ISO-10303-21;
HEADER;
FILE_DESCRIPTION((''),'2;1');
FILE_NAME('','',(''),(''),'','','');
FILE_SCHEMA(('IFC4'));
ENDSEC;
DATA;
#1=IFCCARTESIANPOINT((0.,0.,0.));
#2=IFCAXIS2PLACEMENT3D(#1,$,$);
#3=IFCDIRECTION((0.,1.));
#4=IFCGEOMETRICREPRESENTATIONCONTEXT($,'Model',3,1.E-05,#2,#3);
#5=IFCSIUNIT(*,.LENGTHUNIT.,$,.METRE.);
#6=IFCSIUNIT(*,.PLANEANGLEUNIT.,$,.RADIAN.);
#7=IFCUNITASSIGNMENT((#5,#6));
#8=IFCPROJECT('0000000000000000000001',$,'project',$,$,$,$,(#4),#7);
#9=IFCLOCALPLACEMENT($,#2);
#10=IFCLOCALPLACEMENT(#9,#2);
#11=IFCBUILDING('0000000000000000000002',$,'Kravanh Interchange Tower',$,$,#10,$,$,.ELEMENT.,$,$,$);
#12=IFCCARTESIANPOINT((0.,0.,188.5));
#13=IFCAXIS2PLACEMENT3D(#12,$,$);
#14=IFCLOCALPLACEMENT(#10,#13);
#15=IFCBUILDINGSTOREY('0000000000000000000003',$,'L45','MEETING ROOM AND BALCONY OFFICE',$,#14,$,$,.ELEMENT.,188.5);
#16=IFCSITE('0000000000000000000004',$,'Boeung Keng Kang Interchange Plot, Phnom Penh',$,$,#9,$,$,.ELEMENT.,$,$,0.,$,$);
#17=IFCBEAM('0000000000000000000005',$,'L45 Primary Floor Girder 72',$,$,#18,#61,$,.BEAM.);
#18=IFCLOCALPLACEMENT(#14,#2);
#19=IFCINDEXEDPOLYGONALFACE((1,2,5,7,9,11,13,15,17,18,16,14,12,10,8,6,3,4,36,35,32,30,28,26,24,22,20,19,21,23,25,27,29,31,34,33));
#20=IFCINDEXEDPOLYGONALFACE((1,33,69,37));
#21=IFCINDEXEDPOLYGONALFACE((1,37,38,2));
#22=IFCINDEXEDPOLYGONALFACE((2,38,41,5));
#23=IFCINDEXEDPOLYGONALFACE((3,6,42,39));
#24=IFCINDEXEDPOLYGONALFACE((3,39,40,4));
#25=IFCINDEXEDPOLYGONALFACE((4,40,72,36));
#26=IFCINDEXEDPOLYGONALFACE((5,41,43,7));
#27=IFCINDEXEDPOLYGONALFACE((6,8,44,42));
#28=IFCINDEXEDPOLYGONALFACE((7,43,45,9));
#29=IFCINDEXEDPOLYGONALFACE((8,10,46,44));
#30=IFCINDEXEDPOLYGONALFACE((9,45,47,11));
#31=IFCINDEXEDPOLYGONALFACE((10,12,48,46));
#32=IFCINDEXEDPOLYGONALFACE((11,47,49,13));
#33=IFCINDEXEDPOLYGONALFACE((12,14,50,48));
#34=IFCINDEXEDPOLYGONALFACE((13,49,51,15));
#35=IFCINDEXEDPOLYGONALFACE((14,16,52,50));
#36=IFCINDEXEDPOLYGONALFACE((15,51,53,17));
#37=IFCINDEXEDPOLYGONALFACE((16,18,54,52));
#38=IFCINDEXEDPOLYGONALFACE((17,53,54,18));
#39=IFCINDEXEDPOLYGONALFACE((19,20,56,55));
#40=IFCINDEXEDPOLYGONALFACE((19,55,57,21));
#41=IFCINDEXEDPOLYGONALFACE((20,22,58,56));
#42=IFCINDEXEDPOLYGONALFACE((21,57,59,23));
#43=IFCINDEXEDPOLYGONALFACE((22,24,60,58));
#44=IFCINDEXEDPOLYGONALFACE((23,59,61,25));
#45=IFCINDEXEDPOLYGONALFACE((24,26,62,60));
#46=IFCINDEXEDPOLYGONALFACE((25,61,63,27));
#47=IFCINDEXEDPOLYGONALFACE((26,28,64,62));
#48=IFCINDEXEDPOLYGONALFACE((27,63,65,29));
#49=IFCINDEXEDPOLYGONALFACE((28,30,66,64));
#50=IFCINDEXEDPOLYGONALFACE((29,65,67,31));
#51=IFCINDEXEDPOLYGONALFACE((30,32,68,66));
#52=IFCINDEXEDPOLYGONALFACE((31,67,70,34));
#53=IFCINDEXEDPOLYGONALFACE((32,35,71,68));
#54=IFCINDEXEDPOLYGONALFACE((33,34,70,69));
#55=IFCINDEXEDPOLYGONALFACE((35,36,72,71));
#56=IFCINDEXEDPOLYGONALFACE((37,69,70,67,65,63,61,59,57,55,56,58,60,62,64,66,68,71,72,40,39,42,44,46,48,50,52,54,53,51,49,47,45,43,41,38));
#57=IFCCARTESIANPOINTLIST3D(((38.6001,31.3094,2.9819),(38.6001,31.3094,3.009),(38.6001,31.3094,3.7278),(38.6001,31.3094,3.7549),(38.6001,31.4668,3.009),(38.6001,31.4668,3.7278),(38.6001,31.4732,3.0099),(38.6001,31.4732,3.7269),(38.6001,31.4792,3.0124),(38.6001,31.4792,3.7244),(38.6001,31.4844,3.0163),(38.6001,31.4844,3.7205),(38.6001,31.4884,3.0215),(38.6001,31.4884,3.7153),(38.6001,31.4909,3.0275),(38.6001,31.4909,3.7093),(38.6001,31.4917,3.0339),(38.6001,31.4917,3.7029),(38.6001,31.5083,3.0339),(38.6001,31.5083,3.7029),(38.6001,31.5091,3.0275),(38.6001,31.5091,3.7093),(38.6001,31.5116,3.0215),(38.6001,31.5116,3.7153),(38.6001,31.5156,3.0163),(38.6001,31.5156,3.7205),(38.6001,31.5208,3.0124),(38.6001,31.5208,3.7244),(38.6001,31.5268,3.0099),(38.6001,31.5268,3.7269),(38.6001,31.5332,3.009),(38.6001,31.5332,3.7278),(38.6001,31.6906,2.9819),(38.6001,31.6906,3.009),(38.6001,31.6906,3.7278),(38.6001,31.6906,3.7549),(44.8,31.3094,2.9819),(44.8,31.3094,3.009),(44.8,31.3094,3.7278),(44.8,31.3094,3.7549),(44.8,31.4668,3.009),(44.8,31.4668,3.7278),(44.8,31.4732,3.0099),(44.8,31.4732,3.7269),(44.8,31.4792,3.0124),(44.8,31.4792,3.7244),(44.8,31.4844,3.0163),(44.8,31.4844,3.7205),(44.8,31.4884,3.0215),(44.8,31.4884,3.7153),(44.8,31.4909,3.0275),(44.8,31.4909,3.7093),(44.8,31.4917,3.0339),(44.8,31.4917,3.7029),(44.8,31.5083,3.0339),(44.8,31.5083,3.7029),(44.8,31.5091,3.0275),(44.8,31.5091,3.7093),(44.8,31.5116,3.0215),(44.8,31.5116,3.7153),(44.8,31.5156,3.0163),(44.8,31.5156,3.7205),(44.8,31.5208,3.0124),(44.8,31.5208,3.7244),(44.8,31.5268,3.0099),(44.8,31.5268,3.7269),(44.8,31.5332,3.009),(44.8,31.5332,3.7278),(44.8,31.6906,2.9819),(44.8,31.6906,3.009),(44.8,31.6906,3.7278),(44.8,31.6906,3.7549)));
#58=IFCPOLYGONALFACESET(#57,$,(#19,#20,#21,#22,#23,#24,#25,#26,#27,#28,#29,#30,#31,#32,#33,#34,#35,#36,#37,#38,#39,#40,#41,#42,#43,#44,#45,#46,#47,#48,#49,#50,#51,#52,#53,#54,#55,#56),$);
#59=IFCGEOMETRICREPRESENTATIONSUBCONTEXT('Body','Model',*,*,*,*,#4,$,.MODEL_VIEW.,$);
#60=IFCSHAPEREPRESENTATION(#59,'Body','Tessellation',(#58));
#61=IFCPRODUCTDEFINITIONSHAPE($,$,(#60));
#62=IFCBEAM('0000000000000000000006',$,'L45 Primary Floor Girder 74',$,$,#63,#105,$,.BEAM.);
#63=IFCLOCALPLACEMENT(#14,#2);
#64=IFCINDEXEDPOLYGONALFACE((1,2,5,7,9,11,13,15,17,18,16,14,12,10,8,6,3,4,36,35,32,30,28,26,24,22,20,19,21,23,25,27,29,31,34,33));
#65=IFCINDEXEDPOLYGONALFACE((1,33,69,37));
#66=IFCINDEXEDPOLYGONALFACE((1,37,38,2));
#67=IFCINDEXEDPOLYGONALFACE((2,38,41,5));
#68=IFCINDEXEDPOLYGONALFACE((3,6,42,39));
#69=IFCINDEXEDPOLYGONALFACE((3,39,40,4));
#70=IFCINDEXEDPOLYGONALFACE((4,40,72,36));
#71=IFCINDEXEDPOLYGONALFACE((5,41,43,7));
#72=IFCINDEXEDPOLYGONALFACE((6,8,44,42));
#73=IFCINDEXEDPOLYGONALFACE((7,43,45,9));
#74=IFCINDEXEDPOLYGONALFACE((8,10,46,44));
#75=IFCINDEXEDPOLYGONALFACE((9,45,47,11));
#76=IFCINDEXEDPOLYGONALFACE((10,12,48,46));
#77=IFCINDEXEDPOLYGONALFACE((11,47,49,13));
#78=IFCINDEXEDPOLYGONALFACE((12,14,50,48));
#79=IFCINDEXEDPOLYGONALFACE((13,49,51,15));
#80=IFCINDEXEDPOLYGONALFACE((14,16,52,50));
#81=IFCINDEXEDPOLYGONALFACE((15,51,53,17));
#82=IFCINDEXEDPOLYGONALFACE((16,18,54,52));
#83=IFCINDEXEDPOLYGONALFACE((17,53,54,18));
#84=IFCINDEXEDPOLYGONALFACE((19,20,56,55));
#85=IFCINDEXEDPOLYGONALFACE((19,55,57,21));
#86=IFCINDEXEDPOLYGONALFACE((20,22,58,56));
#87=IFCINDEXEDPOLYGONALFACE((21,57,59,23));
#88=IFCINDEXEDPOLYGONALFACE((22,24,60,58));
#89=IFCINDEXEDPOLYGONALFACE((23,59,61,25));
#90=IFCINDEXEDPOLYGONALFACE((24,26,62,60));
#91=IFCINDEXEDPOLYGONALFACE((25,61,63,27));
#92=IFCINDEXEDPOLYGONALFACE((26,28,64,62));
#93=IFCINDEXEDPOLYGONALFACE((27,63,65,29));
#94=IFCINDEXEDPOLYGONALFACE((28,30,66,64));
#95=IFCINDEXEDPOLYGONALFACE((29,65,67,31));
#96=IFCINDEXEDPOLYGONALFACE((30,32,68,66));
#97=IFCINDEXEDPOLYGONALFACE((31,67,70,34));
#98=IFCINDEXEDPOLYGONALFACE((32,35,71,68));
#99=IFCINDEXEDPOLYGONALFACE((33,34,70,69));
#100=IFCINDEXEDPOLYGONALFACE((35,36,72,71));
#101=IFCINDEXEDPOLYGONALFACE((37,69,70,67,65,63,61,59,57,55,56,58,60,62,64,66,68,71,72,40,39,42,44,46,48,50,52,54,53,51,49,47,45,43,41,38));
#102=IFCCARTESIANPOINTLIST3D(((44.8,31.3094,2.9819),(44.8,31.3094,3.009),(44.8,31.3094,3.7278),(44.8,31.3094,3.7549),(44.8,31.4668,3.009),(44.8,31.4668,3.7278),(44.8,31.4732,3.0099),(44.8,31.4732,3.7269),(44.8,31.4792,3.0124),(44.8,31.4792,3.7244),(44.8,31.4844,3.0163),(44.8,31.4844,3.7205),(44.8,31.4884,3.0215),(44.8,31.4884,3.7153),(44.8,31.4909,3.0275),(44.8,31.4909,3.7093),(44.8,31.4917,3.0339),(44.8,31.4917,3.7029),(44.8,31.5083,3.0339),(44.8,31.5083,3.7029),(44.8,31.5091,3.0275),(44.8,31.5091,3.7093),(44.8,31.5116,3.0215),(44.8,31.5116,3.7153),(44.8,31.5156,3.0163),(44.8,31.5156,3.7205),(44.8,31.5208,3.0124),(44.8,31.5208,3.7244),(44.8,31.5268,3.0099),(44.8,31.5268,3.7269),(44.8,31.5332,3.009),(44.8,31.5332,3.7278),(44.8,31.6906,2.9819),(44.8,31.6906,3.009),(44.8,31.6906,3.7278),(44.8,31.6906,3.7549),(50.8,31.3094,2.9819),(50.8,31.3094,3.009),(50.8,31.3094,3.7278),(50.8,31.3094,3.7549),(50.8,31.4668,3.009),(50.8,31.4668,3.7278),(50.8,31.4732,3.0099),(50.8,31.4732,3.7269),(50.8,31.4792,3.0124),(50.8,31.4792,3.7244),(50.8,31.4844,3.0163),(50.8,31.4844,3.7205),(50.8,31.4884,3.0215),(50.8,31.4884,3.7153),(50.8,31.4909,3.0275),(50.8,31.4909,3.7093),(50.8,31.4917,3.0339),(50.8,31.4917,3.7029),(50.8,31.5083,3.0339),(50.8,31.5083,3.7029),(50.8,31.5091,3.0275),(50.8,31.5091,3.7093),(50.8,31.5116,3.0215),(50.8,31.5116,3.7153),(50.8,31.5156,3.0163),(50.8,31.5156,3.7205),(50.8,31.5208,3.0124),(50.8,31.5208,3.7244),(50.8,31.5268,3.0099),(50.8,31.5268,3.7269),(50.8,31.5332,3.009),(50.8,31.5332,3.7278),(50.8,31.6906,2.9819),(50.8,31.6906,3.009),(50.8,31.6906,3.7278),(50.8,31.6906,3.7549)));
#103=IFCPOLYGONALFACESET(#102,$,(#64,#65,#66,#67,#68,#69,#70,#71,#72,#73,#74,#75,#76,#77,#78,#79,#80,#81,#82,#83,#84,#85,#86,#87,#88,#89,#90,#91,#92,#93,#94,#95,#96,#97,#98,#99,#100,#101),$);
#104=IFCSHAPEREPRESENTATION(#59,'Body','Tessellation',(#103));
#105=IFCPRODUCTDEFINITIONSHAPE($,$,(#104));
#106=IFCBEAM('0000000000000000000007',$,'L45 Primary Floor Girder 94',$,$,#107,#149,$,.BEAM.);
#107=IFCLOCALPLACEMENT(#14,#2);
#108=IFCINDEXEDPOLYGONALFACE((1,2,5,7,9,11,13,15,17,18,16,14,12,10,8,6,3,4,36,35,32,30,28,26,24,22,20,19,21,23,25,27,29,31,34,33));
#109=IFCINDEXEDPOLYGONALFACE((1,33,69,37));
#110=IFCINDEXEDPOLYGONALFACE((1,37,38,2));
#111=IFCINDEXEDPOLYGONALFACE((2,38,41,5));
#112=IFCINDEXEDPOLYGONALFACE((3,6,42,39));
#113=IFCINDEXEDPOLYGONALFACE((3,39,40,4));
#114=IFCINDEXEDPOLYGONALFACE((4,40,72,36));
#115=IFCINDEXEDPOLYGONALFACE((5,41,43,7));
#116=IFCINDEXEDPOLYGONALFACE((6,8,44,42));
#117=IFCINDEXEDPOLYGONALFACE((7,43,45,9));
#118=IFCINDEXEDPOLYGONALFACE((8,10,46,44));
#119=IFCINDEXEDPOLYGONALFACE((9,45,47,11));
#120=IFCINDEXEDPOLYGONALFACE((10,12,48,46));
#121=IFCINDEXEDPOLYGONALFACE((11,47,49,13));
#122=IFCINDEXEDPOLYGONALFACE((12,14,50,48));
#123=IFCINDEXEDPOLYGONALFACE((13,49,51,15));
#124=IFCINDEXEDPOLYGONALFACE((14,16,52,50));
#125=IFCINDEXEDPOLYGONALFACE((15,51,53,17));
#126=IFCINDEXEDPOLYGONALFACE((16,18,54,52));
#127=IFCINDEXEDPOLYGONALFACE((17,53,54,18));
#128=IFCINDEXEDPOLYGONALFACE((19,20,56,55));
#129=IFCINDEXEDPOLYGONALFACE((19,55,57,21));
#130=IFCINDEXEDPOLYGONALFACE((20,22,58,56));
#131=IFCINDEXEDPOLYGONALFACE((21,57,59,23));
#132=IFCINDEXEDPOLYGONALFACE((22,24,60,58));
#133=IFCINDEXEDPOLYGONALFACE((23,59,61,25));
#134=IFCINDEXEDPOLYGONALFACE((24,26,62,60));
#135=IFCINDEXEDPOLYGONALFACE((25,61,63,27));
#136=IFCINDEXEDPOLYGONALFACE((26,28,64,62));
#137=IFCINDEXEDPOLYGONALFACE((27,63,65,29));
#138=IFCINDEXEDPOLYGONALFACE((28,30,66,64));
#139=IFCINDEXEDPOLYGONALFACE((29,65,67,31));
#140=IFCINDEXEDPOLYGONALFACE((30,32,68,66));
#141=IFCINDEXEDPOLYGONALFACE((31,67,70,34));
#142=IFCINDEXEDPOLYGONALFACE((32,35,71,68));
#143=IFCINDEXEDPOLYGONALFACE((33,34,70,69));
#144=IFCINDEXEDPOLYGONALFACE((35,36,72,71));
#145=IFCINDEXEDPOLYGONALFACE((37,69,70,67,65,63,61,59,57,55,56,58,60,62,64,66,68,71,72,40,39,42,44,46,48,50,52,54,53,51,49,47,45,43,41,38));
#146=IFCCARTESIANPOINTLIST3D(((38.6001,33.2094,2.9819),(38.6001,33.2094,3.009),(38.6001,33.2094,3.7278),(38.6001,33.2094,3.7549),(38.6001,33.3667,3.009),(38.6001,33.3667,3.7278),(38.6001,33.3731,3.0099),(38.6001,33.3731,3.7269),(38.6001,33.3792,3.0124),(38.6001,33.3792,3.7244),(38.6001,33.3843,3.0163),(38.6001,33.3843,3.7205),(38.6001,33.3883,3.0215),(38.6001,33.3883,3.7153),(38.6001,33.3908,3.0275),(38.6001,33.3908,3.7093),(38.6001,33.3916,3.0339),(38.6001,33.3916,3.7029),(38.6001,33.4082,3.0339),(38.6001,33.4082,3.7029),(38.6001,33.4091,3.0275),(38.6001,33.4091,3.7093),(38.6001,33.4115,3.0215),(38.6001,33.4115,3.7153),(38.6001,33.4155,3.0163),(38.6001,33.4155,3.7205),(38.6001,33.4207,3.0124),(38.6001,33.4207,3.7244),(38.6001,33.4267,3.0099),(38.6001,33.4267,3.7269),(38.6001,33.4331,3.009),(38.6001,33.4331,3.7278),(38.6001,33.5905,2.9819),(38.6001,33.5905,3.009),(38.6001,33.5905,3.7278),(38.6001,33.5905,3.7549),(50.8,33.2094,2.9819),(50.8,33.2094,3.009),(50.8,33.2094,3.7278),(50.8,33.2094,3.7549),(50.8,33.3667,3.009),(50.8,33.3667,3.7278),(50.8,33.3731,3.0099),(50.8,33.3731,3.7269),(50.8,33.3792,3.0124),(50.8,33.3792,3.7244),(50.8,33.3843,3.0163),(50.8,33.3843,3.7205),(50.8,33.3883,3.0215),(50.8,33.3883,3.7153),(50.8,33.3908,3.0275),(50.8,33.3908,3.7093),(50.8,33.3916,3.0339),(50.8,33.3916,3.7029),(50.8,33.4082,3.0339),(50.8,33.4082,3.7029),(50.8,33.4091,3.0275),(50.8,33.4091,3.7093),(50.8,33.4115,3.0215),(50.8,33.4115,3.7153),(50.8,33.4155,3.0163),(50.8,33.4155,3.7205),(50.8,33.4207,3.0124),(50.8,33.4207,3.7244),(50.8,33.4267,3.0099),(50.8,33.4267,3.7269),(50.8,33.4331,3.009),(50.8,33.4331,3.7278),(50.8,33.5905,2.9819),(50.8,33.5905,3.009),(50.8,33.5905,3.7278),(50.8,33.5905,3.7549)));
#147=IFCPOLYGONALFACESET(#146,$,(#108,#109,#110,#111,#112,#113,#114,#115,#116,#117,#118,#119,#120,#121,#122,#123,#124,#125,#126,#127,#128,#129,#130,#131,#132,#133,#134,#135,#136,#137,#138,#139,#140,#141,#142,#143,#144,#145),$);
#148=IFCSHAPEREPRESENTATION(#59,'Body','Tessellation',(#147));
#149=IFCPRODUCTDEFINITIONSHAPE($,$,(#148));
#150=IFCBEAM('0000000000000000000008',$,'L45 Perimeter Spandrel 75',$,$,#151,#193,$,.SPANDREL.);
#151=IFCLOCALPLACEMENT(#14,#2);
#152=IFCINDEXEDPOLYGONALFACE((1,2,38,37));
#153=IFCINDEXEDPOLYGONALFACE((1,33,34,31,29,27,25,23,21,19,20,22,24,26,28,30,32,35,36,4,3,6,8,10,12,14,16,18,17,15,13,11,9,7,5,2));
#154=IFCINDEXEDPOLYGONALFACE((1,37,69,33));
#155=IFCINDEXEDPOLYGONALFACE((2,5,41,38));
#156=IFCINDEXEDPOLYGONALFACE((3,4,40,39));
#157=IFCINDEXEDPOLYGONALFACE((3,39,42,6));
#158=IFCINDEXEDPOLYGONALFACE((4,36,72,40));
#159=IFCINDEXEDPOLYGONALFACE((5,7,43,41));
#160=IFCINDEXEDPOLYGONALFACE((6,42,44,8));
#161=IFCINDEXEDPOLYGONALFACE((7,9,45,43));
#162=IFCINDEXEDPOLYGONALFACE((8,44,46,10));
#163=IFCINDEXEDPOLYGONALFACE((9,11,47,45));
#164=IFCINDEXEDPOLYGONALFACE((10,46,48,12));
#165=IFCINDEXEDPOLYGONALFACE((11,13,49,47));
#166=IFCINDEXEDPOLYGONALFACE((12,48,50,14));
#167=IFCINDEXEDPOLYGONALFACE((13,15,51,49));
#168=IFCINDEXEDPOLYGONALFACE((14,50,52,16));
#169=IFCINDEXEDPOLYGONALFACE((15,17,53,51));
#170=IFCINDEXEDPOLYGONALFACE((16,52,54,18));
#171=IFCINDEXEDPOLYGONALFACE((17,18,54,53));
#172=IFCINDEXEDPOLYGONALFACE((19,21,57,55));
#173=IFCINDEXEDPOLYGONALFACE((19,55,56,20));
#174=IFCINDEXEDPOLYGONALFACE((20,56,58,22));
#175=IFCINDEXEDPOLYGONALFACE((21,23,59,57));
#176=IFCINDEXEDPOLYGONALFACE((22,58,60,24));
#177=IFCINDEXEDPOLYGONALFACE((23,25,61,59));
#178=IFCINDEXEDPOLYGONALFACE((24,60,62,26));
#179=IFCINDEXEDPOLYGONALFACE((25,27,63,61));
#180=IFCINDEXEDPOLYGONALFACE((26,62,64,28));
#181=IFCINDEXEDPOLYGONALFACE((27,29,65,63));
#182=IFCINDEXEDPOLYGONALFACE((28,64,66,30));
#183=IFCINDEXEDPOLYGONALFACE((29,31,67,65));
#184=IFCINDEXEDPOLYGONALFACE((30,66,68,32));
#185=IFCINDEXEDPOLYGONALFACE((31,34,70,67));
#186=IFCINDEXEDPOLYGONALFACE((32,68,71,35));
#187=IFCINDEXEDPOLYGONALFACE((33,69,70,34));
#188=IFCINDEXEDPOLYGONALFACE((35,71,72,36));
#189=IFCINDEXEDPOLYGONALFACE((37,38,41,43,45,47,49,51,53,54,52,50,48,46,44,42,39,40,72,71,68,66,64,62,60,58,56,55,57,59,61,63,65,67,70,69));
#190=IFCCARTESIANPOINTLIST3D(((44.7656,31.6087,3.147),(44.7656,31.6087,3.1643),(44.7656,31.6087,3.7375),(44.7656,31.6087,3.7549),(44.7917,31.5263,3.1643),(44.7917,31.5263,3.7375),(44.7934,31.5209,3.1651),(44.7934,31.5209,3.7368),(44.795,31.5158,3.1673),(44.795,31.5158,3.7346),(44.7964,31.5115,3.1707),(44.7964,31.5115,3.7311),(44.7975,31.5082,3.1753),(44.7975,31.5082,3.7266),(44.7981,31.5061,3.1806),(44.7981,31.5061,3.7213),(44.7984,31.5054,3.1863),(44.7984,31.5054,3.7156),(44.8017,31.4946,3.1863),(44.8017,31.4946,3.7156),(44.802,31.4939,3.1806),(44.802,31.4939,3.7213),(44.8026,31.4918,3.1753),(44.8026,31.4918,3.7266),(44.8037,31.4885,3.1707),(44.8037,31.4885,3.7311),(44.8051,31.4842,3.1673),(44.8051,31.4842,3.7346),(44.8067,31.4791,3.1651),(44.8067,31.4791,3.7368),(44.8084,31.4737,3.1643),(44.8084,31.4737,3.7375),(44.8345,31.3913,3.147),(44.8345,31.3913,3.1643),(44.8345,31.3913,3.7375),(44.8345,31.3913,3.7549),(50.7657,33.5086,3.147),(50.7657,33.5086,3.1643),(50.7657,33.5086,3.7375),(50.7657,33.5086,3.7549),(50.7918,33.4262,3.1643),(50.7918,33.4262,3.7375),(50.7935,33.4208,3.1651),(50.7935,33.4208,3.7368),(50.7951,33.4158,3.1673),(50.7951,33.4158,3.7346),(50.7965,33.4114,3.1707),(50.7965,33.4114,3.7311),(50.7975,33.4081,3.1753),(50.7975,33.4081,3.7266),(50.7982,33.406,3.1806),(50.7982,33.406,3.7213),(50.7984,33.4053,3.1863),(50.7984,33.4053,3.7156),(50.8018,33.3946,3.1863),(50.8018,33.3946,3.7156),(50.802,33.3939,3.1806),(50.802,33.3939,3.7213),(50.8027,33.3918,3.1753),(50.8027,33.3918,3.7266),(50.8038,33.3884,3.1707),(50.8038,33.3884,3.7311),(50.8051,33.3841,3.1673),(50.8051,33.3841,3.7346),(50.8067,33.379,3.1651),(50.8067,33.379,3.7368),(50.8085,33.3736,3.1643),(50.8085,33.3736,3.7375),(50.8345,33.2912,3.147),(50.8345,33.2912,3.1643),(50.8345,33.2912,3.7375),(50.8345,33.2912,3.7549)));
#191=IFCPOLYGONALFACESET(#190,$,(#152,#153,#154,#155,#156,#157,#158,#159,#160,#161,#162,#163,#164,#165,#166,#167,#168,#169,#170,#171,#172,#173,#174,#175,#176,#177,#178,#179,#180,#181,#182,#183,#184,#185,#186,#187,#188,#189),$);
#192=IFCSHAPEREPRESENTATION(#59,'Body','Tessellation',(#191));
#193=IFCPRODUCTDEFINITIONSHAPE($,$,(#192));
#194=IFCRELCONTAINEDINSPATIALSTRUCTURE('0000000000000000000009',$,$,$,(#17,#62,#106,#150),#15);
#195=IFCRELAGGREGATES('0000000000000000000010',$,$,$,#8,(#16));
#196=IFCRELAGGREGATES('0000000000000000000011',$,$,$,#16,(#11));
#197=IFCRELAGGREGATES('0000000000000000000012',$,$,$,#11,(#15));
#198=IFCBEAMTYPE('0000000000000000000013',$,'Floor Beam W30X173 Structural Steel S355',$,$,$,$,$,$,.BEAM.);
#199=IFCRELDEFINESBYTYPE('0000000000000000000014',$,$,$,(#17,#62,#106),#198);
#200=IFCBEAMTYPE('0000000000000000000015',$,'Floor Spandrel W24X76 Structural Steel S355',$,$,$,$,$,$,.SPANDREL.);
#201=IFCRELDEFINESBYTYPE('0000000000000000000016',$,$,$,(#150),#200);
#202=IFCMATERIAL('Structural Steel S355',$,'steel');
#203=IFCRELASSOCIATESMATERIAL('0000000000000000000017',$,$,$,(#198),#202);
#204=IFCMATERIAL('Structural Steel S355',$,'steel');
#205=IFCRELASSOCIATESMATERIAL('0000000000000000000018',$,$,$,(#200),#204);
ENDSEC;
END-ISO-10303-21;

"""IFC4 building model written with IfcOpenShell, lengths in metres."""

from ifc_helpers import new_model, si_unit, direction, frame, origin, origin_2d, place, context, subcontext, project, spatial, i_section, extrude, material, material_profile, profile_set, type_object, element, save


model = new_model("IFC4")

# Units and contexts
model_context = context("Model", 3, precision=1e-05, world=origin(), true_north=direction((0.0, 1.0)))
body_context = subcontext(model_context, "Body", "Model", "MODEL_VIEW")
ifc_project = project(units=[si_unit("LENGTHUNIT", "METRE"), si_unit("PLANEANGLEUNIT", "RADIAN")], contexts=[model_context])

# Site, building, storey
site_placement = place(None, origin())
site = spatial("IfcSite", under=ifc_project, at=site_placement, Name="Boeung Keng Kang Interchange Plot, Phnom Penh", CompositionType="ELEMENT", RefElevation=0.0)
building_placement = place(site_placement, origin())
building = spatial("IfcBuilding", under=site, at=building_placement, Name="Kravanh Interchange Tower", CompositionType="ELEMENT")
storey_placement = place(building_placement, frame((0.0, 0.0, 188.5)))
storey = spatial("IfcBuildingStorey", under=building, at=storey_placement, Name="L45", Description="MEETING ROOM AND BALCONY OFFICE", CompositionType="ELEMENT", Elevation=188.5)

# Beams
ifc_material_1 = material(Name="Structural Steel S355", Category="steel")
ifc_material_profile_1 = material_profile(ifc_material_1, i_section(OverallWidth=0.3811, OverallDepth=0.7729, WebThickness=0.0166, FlangeThickness=0.0271, FilletRadius=0.0249, at=origin_2d()), Name="W30X173")
ifc_profile_set_1 = profile_set([ifc_material_profile_1], Name="Structural Steel S355")
beam_type_1 = type_object("IfcBeamType", Name="Floor Beam W30X173 Structural Steel S355", PredefinedType="BEAM", material=ifc_profile_set_1)
beam_1_placement = place(storey_placement, frame((38.6001, 31.5, 3.3684), z_axis=(1.0, 0.0, 0.0), x_axis=(0.0, 1.0, 0.0)))
element("IfcBeam", 1, at=beam_1_placement, inside=storey, type_object=beam_type_1, Name="L45 Primary Floor Girder 72", PredefinedType="BEAM", context=body_context, shape_type="SweptSolid", body=[
    extrude(i_section(OverallWidth=0.3811, OverallDepth=0.7729, WebThickness=0.0166, FlangeThickness=0.0271, FilletRadius=0.0249, at=origin_2d()), origin(), (0.0, 0.0, 1.0), 6.2),
])
beam_2_placement = place(storey_placement, frame((44.8, 31.5, 3.3684), z_axis=(1.0, 0.0, 0.0), x_axis=(0.0, 1.0, 0.0)))
element("IfcBeam", 2, at=beam_2_placement, inside=storey, type_object=beam_type_1, Name="L45 Primary Floor Girder 74", PredefinedType="BEAM", context=body_context, shape_type="SweptSolid", body=[
    extrude(i_section(OverallWidth=0.3811, OverallDepth=0.7729, WebThickness=0.0166, FlangeThickness=0.0271, FilletRadius=0.0249, at=origin_2d()), origin(), (0.0, 0.0, 1.0), 6.0),
])
beam_3_placement = place(storey_placement, frame((38.6001, 33.3999, 3.3684), z_axis=(1.0, 0.0, 0.0), x_axis=(0.0, 1.0, 0.0)))
element("IfcBeam", 3, at=beam_3_placement, inside=storey, type_object=beam_type_1, Name="L45 Primary Floor Girder 94", PredefinedType="BEAM", context=body_context, shape_type="SweptSolid", body=[
    extrude(i_section(OverallWidth=0.3811, OverallDepth=0.7729, WebThickness=0.0166, FlangeThickness=0.0271, FilletRadius=0.0249, at=origin_2d()), origin(), (0.0, 0.0, 1.0), 12.2),
])
ifc_material_2 = material(Name="Structural Steel S355", Category="steel")
ifc_material_profile_2 = material_profile(ifc_material_2, i_section(OverallWidth=0.228, OverallDepth=0.6079, WebThickness=0.0112, FlangeThickness=0.0173, FilletRadius=0.022, at=origin_2d()), Name="W24X76")
ifc_profile_set_2 = profile_set([ifc_material_profile_2], Name="Structural Steel S355")
beam_type_2 = type_object("IfcBeamType", Name="Floor Spandrel W24X76 Structural Steel S355", PredefinedType="SPANDREL", material=ifc_profile_set_2)
beam_4_placement = place(storey_placement, frame((44.8, 31.5, 3.4509), z_axis=(0.953347, 0.301878, 0.0), x_axis=(-0.301878, 0.953347, 0.0)))
element("IfcBeam", 4, at=beam_4_placement, inside=storey, type_object=beam_type_2, Name="L45 Perimeter Spandrel 75", PredefinedType="SPANDREL", context=body_context, shape_type="SweptSolid", body=[
    extrude(i_section(OverallWidth=0.228, OverallDepth=0.6079, WebThickness=0.0112, FlangeThickness=0.0173, FilletRadius=0.022, at=origin_2d()), origin(), (0.0, 0.0, 1.0), 6.2937),
])

save(model, "model.ifc")
